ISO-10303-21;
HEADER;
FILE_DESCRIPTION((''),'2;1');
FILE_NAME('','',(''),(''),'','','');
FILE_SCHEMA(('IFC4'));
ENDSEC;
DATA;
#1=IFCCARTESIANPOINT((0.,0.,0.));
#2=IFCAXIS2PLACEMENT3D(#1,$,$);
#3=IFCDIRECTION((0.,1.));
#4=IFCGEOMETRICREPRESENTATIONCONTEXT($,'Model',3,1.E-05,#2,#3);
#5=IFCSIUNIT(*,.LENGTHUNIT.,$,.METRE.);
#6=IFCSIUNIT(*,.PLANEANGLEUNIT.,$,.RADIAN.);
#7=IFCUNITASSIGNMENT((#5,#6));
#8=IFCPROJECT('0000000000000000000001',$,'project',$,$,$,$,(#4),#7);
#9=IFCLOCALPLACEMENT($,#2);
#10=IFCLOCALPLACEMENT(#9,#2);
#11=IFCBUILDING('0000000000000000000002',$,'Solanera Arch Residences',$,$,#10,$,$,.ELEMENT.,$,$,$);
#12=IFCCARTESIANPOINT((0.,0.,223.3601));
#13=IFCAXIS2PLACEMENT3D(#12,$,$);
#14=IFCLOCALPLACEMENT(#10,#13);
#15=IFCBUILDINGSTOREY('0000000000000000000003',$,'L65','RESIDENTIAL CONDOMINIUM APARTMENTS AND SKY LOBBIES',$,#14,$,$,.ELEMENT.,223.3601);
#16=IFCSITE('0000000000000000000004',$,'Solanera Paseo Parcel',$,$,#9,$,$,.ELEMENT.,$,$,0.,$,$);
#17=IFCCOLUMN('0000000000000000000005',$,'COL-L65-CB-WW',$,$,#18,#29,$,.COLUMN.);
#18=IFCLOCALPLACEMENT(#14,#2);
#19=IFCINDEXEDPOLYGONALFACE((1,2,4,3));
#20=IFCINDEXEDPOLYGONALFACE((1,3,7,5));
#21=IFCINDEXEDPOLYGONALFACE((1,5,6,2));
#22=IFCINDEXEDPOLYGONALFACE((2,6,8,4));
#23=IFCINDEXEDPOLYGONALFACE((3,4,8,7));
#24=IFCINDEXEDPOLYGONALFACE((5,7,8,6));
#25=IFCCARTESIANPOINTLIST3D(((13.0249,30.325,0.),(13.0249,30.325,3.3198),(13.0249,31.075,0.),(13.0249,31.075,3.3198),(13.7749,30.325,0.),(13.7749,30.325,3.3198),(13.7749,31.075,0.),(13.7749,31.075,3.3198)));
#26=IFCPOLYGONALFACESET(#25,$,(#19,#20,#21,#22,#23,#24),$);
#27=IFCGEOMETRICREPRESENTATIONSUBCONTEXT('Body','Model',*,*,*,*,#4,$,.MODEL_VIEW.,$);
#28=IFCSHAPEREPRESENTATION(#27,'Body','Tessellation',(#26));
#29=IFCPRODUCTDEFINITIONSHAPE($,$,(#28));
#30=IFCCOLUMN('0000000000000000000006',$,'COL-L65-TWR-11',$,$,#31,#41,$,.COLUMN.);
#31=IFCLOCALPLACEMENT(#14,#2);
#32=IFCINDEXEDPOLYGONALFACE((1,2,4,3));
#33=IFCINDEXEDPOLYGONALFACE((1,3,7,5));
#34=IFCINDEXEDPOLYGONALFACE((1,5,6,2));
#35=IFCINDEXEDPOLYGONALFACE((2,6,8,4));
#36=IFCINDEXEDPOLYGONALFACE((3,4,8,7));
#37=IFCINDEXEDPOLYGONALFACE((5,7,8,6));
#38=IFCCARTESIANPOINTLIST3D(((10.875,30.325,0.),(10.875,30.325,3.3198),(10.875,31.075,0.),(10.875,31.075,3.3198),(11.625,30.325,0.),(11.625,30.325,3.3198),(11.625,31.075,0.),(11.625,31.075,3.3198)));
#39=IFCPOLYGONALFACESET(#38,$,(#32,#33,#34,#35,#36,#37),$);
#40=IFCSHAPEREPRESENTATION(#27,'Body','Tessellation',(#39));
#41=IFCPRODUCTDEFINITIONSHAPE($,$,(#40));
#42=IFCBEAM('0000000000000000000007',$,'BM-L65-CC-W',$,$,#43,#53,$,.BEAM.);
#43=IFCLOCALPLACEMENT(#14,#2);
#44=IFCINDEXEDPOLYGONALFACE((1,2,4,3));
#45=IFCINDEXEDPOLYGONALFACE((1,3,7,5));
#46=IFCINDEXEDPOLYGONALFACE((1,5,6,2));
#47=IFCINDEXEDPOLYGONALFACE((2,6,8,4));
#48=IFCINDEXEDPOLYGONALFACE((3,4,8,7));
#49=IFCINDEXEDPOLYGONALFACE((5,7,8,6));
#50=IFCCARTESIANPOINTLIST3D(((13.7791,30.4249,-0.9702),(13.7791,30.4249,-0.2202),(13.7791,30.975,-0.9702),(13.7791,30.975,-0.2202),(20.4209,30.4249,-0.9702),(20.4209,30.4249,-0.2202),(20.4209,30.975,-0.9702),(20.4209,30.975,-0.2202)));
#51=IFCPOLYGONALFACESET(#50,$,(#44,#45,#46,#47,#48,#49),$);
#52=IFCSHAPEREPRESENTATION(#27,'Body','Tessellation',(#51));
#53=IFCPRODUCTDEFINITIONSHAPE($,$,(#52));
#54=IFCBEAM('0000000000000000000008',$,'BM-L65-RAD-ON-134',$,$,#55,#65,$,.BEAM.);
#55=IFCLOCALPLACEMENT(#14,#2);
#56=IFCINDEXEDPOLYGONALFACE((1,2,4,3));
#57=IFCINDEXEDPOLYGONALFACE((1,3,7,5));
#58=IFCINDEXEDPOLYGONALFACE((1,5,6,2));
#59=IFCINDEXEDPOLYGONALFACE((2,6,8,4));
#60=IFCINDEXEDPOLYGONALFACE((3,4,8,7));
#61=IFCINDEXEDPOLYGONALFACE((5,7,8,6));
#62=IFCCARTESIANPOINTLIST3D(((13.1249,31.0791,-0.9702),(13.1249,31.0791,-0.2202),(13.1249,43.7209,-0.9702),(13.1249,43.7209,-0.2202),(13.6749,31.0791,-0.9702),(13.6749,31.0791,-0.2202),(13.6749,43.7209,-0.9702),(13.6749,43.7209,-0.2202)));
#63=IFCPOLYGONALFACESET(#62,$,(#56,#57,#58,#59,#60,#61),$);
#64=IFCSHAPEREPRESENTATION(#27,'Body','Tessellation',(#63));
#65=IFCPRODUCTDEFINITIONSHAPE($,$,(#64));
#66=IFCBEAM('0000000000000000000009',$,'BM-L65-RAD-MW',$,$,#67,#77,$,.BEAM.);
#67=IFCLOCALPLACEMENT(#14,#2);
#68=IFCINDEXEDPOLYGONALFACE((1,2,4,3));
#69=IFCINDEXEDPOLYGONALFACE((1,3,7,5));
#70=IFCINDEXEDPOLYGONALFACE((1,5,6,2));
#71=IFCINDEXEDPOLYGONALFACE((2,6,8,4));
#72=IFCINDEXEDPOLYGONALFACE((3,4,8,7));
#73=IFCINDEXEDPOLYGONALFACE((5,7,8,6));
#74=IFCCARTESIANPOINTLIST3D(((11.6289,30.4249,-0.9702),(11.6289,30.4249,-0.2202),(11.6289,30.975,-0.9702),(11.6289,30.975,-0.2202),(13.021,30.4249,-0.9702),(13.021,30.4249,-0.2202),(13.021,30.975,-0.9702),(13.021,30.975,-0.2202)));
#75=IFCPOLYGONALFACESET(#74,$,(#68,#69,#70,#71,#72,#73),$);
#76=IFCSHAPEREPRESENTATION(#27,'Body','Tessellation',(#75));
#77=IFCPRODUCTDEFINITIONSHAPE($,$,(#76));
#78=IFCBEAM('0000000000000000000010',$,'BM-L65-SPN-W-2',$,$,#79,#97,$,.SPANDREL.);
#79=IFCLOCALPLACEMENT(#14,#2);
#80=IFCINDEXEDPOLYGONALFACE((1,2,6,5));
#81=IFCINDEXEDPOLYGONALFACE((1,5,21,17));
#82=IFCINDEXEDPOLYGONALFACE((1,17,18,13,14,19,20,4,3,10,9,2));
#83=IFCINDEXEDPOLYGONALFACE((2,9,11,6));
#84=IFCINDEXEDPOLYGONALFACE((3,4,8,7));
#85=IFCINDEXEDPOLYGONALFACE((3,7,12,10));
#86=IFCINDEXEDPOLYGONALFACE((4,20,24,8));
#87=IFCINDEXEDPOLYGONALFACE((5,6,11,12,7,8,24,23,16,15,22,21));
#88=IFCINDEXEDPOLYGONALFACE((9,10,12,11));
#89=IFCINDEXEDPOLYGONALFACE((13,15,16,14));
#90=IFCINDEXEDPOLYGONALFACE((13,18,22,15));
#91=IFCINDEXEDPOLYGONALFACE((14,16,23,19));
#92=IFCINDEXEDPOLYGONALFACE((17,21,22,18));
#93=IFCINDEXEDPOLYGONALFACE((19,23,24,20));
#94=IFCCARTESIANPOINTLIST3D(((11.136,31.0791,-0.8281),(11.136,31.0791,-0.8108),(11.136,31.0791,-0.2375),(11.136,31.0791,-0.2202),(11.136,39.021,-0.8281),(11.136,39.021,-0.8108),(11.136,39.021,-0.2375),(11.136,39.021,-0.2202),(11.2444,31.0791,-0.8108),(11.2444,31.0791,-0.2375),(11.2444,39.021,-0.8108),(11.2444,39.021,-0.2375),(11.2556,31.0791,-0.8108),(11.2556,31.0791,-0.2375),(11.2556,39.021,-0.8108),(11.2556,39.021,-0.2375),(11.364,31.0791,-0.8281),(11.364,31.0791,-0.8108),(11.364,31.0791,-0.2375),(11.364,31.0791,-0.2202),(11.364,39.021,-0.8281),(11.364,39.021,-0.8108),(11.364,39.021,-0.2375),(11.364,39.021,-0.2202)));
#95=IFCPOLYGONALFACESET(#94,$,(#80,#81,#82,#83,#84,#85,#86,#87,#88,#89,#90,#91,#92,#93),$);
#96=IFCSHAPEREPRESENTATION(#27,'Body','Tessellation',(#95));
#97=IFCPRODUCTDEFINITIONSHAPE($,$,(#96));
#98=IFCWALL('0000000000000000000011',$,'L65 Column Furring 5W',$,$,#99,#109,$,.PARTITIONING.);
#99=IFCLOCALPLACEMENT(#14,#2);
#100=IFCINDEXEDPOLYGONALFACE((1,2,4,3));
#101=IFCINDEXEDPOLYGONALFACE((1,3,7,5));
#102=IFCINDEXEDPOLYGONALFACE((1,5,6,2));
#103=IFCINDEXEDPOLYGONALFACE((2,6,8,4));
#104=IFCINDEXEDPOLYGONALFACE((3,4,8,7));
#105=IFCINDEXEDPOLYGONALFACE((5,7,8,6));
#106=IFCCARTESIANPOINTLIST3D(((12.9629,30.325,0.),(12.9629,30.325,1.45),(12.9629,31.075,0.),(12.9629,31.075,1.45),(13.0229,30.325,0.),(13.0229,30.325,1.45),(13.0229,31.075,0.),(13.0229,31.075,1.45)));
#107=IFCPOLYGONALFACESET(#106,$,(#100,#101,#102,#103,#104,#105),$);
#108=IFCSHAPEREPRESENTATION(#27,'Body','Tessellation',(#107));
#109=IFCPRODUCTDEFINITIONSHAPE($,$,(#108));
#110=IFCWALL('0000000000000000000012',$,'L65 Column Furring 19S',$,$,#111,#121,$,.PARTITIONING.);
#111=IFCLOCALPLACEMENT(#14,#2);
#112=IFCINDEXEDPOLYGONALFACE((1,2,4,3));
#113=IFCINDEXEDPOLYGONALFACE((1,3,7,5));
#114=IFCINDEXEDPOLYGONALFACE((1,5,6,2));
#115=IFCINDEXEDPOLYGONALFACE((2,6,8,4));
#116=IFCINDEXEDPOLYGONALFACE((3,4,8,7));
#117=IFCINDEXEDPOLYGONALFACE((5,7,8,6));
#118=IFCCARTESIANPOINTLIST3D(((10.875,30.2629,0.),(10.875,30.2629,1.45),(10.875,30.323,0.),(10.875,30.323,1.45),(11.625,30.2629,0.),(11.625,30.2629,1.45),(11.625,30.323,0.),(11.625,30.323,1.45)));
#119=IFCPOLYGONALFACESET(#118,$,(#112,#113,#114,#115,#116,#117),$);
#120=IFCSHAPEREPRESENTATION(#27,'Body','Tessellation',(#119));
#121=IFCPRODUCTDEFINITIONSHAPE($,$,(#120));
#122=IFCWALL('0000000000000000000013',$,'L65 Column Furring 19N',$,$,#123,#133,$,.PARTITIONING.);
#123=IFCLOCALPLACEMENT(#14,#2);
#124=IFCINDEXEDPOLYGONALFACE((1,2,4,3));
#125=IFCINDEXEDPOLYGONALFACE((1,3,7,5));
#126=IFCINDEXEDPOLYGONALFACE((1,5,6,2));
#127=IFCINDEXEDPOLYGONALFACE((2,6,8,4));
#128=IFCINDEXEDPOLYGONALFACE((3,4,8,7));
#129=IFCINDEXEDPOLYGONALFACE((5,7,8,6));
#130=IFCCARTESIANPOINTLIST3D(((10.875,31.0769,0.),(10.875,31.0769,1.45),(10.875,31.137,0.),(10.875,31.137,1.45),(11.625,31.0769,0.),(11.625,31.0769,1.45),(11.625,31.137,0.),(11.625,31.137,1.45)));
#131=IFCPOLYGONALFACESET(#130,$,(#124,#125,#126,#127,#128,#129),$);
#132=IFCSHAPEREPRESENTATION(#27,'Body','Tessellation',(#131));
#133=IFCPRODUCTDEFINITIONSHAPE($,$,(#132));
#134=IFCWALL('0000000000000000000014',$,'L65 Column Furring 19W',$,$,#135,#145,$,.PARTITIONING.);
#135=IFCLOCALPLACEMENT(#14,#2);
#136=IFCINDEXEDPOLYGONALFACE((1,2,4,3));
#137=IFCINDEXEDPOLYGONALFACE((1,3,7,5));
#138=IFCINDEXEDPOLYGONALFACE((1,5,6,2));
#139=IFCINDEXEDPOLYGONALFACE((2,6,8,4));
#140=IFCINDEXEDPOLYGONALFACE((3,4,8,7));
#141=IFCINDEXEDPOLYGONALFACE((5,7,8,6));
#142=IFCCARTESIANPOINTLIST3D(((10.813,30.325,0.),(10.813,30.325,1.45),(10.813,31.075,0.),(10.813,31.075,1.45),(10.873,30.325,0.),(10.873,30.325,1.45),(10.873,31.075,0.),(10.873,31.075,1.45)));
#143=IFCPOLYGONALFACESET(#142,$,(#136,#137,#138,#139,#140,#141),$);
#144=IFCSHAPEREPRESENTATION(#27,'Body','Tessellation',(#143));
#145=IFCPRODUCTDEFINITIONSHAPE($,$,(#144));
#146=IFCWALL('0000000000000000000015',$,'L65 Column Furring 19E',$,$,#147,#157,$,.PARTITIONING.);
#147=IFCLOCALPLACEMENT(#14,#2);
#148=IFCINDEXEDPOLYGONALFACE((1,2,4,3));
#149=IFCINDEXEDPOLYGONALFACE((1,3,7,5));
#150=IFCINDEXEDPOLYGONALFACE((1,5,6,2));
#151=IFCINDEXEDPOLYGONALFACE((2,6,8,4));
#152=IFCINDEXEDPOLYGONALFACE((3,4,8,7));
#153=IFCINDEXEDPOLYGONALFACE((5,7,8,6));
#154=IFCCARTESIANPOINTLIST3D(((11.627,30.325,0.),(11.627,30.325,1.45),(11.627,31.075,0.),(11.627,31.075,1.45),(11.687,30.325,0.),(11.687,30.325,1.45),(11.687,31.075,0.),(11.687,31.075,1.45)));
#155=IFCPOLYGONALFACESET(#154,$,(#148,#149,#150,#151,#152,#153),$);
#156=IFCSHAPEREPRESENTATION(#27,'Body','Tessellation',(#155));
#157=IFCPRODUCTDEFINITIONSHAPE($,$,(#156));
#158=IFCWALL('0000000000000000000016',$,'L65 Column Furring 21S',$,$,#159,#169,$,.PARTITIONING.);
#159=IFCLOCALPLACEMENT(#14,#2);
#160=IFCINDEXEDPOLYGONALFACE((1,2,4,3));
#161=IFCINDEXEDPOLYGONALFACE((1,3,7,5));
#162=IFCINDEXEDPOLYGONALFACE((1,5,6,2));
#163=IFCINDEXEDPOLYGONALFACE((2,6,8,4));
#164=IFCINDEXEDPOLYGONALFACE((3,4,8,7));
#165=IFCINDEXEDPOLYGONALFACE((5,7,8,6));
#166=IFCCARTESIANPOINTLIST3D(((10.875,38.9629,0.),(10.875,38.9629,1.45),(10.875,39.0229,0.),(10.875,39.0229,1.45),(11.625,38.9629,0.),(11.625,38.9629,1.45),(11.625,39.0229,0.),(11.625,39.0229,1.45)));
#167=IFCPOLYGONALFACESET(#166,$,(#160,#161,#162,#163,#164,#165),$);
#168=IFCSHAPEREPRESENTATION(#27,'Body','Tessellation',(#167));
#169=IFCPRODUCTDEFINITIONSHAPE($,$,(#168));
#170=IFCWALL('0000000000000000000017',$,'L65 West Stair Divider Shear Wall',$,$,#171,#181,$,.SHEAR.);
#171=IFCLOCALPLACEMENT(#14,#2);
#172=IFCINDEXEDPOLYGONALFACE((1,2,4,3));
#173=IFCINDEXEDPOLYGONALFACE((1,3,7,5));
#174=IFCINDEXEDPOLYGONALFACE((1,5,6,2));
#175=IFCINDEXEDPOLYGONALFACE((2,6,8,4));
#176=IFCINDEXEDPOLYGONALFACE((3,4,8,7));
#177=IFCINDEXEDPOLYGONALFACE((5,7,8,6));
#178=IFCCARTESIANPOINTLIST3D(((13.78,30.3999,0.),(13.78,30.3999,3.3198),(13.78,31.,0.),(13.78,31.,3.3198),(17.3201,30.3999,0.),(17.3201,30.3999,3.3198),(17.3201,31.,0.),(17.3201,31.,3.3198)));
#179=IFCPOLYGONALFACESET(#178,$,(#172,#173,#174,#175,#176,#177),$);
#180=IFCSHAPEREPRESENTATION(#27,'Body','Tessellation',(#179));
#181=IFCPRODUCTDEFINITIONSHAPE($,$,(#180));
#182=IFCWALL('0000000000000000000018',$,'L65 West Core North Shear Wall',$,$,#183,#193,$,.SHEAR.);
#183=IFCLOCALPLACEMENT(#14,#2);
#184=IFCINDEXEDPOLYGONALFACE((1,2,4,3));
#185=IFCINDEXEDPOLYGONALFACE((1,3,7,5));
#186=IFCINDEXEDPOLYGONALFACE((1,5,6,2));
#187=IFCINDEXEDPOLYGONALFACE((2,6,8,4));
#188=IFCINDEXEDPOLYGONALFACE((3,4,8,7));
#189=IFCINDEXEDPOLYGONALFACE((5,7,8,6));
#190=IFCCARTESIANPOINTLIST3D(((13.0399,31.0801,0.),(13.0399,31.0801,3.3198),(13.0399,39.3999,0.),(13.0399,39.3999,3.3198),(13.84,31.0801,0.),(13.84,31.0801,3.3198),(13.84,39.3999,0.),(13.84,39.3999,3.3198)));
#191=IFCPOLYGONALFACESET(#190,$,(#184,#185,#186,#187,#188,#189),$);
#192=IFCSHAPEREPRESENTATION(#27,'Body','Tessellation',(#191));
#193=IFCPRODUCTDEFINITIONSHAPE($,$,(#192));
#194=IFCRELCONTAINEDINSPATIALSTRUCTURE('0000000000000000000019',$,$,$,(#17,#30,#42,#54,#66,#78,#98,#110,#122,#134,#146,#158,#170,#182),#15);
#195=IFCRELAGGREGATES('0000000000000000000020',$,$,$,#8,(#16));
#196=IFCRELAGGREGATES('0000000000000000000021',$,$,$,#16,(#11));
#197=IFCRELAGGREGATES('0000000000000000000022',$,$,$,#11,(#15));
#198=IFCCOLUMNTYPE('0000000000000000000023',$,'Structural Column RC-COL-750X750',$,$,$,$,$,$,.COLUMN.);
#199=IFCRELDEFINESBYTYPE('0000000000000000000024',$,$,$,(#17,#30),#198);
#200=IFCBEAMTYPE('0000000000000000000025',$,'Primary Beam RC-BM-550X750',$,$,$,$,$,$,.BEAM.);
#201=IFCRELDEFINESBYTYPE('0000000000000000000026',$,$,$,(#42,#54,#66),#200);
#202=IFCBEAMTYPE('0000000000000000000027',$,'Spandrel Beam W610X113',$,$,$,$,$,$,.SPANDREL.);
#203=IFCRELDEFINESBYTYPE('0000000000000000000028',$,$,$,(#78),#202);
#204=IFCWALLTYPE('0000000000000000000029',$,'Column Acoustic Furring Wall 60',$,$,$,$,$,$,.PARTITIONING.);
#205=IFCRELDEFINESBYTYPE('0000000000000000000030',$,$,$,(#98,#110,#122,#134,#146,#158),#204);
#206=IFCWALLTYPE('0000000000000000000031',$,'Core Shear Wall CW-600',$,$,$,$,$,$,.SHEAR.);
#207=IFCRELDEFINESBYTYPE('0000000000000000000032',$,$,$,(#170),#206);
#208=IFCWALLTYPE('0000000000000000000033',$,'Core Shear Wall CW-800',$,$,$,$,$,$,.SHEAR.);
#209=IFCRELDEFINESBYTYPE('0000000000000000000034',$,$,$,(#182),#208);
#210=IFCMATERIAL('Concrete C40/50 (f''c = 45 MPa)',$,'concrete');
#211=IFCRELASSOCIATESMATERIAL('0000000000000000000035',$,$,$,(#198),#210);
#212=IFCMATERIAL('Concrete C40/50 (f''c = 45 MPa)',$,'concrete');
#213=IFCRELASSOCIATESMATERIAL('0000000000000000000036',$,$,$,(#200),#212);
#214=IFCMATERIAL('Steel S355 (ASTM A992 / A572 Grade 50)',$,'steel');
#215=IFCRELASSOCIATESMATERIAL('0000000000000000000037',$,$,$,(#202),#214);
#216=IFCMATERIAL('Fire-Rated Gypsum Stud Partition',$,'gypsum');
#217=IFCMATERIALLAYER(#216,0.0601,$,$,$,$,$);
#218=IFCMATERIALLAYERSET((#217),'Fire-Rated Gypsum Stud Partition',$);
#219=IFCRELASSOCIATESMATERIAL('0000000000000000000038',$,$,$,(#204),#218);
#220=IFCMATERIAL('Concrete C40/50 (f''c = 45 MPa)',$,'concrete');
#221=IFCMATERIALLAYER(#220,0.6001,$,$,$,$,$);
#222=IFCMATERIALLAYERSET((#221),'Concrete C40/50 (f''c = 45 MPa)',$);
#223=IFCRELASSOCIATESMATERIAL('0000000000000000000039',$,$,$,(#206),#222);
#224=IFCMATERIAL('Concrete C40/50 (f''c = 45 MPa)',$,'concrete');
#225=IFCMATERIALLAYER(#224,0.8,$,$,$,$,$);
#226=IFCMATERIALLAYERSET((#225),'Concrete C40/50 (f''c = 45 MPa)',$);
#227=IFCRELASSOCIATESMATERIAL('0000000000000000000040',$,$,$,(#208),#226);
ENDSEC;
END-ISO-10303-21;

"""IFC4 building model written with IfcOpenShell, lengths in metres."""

from ifc_helpers import new_model, si_unit, direction, frame, frame_2d, origin, origin_2d, place, context, subcontext, project, spatial, rectangle, i_section, extrude, material, layer, layer_set, material_profile, profile_set, type_object, element, save


model = new_model("IFC4")

# Units and contexts
model_context = context("Model", 3, precision=1e-05, world=origin(), true_north=direction((0.0, 1.0)))
body_context = subcontext(model_context, "Body", "Model", "MODEL_VIEW")
ifc_project = project(units=[si_unit("LENGTHUNIT", "METRE"), si_unit("PLANEANGLEUNIT", "RADIAN")], contexts=[model_context])

# Site, building, storey
site_placement = place(None, origin())
site = spatial("IfcSite", under=ifc_project, at=site_placement, Name="Solanera Paseo Parcel", CompositionType="ELEMENT", RefElevation=0.0)
building_placement = place(site_placement, origin())
building = spatial("IfcBuilding", under=site, at=building_placement, Name="Solanera Arch Residences", CompositionType="ELEMENT")
storey_placement = place(building_placement, frame((0.0, 0.0, 223.3601)))
storey = spatial("IfcBuildingStorey", under=building, at=storey_placement, Name="L65", Description="RESIDENTIAL CONDOMINIUM APARTMENTS AND SKY LOBBIES", CompositionType="ELEMENT", Elevation=223.3601)

# Columns
ifc_material_1 = material(Name="Concrete C40/50 (f'c = 45 MPa)", Category="concrete")
ifc_material_profile_1 = material_profile(ifc_material_1, rectangle(XDim=0.75, YDim=0.75, at=origin_2d()))
ifc_profile_set_1 = profile_set([ifc_material_profile_1], Name="Concrete C40/50 (f'c = 45 MPa)")
column_type = type_object("IfcColumnType", Name="Structural Column RC-COL-750X750", PredefinedType="COLUMN", material=ifc_profile_set_1)
for number, where, z_axis, x_axis, name in (
    (1, (13.3999, 30.7, 0.0), (0.0, 0.0, 1.0), (1.0, 0.0, 0.0), "COL-L65-CB-WW"),
    (2, (11.25, 30.7, 0.0), (0.0, 0.0, 1.0), (1.0, 0.0, 0.0), "COL-L65-TWR-11"),
):
    element("IfcColumn", number, at=place(storey_placement, frame(where, z_axis=z_axis, x_axis=x_axis)), inside=storey, type_object=column_type, Name=name, PredefinedType="COLUMN", context=body_context, shape_type="SweptSolid", body=[
        extrude(rectangle(XDim=0.75, YDim=0.75, at=origin_2d()), origin(), (0.0, 0.0, 1.0), 3.3198),
    ])

# Beams
ifc_material_2 = material(Name="Concrete C40/50 (f'c = 45 MPa)", Category="concrete")
ifc_material_profile_2 = material_profile(ifc_material_2, rectangle(XDim=0.55, YDim=0.75, at=origin_2d()))
ifc_profile_set_2 = profile_set([ifc_material_profile_2], Name="Concrete C40/50 (f'c = 45 MPa)")
beam_type_1 = type_object("IfcBeamType", Name="Primary Beam RC-BM-550X750", PredefinedType="BEAM", material=ifc_profile_set_2)
beam_1_placement = place(storey_placement, frame((13.7791, 30.7, -0.5952), z_axis=(1.0, 0.0, 0.0), x_axis=(0.0, 1.0, 0.0)))
element("IfcBeam", 3, at=beam_1_placement, inside=storey, type_object=beam_type_1, Name="BM-L65-CC-W", PredefinedType="BEAM", context=body_context, shape_type="SweptSolid", body=[
    extrude(rectangle(XDim=0.55, YDim=0.75, at=origin_2d()), origin(), (0.0, 0.0, 1.0), 6.6418),
])
beam_2_placement = place(storey_placement, frame((13.3999, 31.0791, -0.5952), z_axis=(0.0, 1.0, 0.0), x_axis=(-1.0, 0.0, 0.0)))
element("IfcBeam", 4, at=beam_2_placement, inside=storey, type_object=beam_type_1, Name="BM-L65-RAD-ON-134", PredefinedType="BEAM", context=body_context, shape_type="SweptSolid", body=[
    extrude(rectangle(XDim=0.55, YDim=0.75, at=origin_2d()), origin(), (0.0, 0.0, 1.0), 12.6418),
])
beam_3_placement = place(storey_placement, frame((11.6289, 30.7, -0.5952), z_axis=(1.0, 0.0, 0.0), x_axis=(0.0, 1.0, 0.0)))
element("IfcBeam", 5, at=beam_3_placement, inside=storey, type_object=beam_type_1, Name="BM-L65-RAD-MW", PredefinedType="BEAM", context=body_context, shape_type="SweptSolid", body=[
    extrude(rectangle(XDim=0.55, YDim=0.75, at=origin_2d()), origin(), (0.0, 0.0, 1.0), 1.3921),
])
ifc_material_3 = material(Name="Steel S355 (ASTM A992 / A572 Grade 50)", Category="steel")
ifc_material_profile_3 = material_profile(ifc_material_3, i_section(OverallWidth=0.228, OverallDepth=0.6079, WebThickness=0.0112, FlangeThickness=0.0173, at=origin_2d()))
ifc_profile_set_3 = profile_set([ifc_material_profile_3], Name="Steel S355 (ASTM A992 / A572 Grade 50)")
beam_type_2 = type_object("IfcBeamType", Name="Spandrel Beam W610X113", PredefinedType="SPANDREL", material=ifc_profile_set_3)
beam_4_placement = place(storey_placement, frame((11.25, 31.0791, -0.5242), z_axis=(0.0, 1.0, 0.0), x_axis=(-1.0, 0.0, 0.0)))
element("IfcBeam", 6, at=beam_4_placement, inside=storey, type_object=beam_type_2, Name="BM-L65-SPN-W-2", PredefinedType="SPANDREL", context=body_context, shape_type="SweptSolid", body=[
    extrude(i_section(OverallWidth=0.228, OverallDepth=0.6079, WebThickness=0.0112, FlangeThickness=0.0173, at=origin_2d()), origin(), (0.0, 0.0, 1.0), 7.9419),
])

# Walls
ifc_material_4 = material(Name="Fire-Rated Gypsum Stud Partition", Category="gypsum")
ifc_layer_1 = layer(ifc_material_4, 0.0601)
ifc_layer_set_1 = layer_set([ifc_layer_1], Name="Fire-Rated Gypsum Stud Partition")
wall_type_1 = type_object("IfcWallType", Name="Column Acoustic Furring Wall 60", PredefinedType="PARTITIONING", material=ifc_layer_set_1)
for number, where, z_axis, x_axis, name in (
    (7, (12.9929, 30.325, 0.0), (0.0, 0.0, 1.0), (0.0, 1.0, 0.0), "L65 Column Furring 5W"),
    (8, (10.875, 30.293, 0.0), (0.0, 0.0, 1.0), (1.0, 0.0, 0.0), "L65 Column Furring 19S"),
    (9, (10.875, 31.1069, 0.0), (0.0, 0.0, 1.0), (1.0, 0.0, 0.0), "L65 Column Furring 19N"),
    (10, (10.843, 30.325, 0.0), (0.0, 0.0, 1.0), (0.0, 1.0, 0.0), "L65 Column Furring 19W"),
    (11, (11.657, 30.325, 0.0), (0.0, 0.0, 1.0), (0.0, 1.0, 0.0), "L65 Column Furring 19E"),
    (12, (10.875, 38.9929, 0.0), (0.0, 0.0, 1.0), (1.0, 0.0, 0.0), "L65 Column Furring 21S"),
):
    element("IfcWall", number, at=place(storey_placement, frame(where, z_axis=z_axis, x_axis=x_axis)), inside=storey, type_object=wall_type_1, Name=name, PredefinedType="PARTITIONING", context=body_context, shape_type="SweptSolid", body=[
        extrude(rectangle(XDim=0.75, YDim=0.0601, at=frame_2d((0.375, 0.0))), origin(), (0.0, 0.0, 1.0), 1.45),
    ])
ifc_material_5 = material(Name="Concrete C40/50 (f'c = 45 MPa)", Category="concrete")
ifc_layer_2 = layer(ifc_material_5, 0.6001)
ifc_layer_set_2 = layer_set([ifc_layer_2], Name="Concrete C40/50 (f'c = 45 MPa)")
wall_type_2 = type_object("IfcWallType", Name="Core Shear Wall CW-600", PredefinedType="SHEAR", material=ifc_layer_set_2)
wall_1_placement = place(storey_placement, frame((13.78, 30.7, 0.0), z_axis=(0.0, 0.0, 1.0), x_axis=(1.0, 0.0, 0.0)))
element("IfcWall", 13, at=wall_1_placement, inside=storey, type_object=wall_type_2, Name="L65 West Stair Divider Shear Wall", PredefinedType="SHEAR", context=body_context, shape_type="SweptSolid", body=[
    extrude(rectangle(XDim=3.54, YDim=0.6001, at=frame_2d((1.77, 0.0))), origin(), (0.0, 0.0, 1.0), 3.3198),
])
ifc_material_6 = material(Name="Concrete C40/50 (f'c = 45 MPa)", Category="concrete")
ifc_layer_3 = layer(ifc_material_6, 0.8)
ifc_layer_set_3 = layer_set([ifc_layer_3], Name="Concrete C40/50 (f'c = 45 MPa)")
wall_type_3 = type_object("IfcWallType", Name="Core Shear Wall CW-800", PredefinedType="SHEAR", material=ifc_layer_set_3)
wall_2_placement = place(storey_placement, frame((13.4399, 31.0801, 0.0), z_axis=(0.0, 0.0, 1.0), x_axis=(0.0, 1.0, 0.0)))
element("IfcWall", 14, at=wall_2_placement, inside=storey, type_object=wall_type_3, Name="L65 West Core North Shear Wall", PredefinedType="SHEAR", context=body_context, shape_type="SweptSolid", body=[
    extrude(rectangle(XDim=8.3198, YDim=0.8, at=frame_2d((4.1599, 0.0))), origin(), (0.0, 0.0, 1.0), 3.3198),
])

save(model, "model.ifc")
